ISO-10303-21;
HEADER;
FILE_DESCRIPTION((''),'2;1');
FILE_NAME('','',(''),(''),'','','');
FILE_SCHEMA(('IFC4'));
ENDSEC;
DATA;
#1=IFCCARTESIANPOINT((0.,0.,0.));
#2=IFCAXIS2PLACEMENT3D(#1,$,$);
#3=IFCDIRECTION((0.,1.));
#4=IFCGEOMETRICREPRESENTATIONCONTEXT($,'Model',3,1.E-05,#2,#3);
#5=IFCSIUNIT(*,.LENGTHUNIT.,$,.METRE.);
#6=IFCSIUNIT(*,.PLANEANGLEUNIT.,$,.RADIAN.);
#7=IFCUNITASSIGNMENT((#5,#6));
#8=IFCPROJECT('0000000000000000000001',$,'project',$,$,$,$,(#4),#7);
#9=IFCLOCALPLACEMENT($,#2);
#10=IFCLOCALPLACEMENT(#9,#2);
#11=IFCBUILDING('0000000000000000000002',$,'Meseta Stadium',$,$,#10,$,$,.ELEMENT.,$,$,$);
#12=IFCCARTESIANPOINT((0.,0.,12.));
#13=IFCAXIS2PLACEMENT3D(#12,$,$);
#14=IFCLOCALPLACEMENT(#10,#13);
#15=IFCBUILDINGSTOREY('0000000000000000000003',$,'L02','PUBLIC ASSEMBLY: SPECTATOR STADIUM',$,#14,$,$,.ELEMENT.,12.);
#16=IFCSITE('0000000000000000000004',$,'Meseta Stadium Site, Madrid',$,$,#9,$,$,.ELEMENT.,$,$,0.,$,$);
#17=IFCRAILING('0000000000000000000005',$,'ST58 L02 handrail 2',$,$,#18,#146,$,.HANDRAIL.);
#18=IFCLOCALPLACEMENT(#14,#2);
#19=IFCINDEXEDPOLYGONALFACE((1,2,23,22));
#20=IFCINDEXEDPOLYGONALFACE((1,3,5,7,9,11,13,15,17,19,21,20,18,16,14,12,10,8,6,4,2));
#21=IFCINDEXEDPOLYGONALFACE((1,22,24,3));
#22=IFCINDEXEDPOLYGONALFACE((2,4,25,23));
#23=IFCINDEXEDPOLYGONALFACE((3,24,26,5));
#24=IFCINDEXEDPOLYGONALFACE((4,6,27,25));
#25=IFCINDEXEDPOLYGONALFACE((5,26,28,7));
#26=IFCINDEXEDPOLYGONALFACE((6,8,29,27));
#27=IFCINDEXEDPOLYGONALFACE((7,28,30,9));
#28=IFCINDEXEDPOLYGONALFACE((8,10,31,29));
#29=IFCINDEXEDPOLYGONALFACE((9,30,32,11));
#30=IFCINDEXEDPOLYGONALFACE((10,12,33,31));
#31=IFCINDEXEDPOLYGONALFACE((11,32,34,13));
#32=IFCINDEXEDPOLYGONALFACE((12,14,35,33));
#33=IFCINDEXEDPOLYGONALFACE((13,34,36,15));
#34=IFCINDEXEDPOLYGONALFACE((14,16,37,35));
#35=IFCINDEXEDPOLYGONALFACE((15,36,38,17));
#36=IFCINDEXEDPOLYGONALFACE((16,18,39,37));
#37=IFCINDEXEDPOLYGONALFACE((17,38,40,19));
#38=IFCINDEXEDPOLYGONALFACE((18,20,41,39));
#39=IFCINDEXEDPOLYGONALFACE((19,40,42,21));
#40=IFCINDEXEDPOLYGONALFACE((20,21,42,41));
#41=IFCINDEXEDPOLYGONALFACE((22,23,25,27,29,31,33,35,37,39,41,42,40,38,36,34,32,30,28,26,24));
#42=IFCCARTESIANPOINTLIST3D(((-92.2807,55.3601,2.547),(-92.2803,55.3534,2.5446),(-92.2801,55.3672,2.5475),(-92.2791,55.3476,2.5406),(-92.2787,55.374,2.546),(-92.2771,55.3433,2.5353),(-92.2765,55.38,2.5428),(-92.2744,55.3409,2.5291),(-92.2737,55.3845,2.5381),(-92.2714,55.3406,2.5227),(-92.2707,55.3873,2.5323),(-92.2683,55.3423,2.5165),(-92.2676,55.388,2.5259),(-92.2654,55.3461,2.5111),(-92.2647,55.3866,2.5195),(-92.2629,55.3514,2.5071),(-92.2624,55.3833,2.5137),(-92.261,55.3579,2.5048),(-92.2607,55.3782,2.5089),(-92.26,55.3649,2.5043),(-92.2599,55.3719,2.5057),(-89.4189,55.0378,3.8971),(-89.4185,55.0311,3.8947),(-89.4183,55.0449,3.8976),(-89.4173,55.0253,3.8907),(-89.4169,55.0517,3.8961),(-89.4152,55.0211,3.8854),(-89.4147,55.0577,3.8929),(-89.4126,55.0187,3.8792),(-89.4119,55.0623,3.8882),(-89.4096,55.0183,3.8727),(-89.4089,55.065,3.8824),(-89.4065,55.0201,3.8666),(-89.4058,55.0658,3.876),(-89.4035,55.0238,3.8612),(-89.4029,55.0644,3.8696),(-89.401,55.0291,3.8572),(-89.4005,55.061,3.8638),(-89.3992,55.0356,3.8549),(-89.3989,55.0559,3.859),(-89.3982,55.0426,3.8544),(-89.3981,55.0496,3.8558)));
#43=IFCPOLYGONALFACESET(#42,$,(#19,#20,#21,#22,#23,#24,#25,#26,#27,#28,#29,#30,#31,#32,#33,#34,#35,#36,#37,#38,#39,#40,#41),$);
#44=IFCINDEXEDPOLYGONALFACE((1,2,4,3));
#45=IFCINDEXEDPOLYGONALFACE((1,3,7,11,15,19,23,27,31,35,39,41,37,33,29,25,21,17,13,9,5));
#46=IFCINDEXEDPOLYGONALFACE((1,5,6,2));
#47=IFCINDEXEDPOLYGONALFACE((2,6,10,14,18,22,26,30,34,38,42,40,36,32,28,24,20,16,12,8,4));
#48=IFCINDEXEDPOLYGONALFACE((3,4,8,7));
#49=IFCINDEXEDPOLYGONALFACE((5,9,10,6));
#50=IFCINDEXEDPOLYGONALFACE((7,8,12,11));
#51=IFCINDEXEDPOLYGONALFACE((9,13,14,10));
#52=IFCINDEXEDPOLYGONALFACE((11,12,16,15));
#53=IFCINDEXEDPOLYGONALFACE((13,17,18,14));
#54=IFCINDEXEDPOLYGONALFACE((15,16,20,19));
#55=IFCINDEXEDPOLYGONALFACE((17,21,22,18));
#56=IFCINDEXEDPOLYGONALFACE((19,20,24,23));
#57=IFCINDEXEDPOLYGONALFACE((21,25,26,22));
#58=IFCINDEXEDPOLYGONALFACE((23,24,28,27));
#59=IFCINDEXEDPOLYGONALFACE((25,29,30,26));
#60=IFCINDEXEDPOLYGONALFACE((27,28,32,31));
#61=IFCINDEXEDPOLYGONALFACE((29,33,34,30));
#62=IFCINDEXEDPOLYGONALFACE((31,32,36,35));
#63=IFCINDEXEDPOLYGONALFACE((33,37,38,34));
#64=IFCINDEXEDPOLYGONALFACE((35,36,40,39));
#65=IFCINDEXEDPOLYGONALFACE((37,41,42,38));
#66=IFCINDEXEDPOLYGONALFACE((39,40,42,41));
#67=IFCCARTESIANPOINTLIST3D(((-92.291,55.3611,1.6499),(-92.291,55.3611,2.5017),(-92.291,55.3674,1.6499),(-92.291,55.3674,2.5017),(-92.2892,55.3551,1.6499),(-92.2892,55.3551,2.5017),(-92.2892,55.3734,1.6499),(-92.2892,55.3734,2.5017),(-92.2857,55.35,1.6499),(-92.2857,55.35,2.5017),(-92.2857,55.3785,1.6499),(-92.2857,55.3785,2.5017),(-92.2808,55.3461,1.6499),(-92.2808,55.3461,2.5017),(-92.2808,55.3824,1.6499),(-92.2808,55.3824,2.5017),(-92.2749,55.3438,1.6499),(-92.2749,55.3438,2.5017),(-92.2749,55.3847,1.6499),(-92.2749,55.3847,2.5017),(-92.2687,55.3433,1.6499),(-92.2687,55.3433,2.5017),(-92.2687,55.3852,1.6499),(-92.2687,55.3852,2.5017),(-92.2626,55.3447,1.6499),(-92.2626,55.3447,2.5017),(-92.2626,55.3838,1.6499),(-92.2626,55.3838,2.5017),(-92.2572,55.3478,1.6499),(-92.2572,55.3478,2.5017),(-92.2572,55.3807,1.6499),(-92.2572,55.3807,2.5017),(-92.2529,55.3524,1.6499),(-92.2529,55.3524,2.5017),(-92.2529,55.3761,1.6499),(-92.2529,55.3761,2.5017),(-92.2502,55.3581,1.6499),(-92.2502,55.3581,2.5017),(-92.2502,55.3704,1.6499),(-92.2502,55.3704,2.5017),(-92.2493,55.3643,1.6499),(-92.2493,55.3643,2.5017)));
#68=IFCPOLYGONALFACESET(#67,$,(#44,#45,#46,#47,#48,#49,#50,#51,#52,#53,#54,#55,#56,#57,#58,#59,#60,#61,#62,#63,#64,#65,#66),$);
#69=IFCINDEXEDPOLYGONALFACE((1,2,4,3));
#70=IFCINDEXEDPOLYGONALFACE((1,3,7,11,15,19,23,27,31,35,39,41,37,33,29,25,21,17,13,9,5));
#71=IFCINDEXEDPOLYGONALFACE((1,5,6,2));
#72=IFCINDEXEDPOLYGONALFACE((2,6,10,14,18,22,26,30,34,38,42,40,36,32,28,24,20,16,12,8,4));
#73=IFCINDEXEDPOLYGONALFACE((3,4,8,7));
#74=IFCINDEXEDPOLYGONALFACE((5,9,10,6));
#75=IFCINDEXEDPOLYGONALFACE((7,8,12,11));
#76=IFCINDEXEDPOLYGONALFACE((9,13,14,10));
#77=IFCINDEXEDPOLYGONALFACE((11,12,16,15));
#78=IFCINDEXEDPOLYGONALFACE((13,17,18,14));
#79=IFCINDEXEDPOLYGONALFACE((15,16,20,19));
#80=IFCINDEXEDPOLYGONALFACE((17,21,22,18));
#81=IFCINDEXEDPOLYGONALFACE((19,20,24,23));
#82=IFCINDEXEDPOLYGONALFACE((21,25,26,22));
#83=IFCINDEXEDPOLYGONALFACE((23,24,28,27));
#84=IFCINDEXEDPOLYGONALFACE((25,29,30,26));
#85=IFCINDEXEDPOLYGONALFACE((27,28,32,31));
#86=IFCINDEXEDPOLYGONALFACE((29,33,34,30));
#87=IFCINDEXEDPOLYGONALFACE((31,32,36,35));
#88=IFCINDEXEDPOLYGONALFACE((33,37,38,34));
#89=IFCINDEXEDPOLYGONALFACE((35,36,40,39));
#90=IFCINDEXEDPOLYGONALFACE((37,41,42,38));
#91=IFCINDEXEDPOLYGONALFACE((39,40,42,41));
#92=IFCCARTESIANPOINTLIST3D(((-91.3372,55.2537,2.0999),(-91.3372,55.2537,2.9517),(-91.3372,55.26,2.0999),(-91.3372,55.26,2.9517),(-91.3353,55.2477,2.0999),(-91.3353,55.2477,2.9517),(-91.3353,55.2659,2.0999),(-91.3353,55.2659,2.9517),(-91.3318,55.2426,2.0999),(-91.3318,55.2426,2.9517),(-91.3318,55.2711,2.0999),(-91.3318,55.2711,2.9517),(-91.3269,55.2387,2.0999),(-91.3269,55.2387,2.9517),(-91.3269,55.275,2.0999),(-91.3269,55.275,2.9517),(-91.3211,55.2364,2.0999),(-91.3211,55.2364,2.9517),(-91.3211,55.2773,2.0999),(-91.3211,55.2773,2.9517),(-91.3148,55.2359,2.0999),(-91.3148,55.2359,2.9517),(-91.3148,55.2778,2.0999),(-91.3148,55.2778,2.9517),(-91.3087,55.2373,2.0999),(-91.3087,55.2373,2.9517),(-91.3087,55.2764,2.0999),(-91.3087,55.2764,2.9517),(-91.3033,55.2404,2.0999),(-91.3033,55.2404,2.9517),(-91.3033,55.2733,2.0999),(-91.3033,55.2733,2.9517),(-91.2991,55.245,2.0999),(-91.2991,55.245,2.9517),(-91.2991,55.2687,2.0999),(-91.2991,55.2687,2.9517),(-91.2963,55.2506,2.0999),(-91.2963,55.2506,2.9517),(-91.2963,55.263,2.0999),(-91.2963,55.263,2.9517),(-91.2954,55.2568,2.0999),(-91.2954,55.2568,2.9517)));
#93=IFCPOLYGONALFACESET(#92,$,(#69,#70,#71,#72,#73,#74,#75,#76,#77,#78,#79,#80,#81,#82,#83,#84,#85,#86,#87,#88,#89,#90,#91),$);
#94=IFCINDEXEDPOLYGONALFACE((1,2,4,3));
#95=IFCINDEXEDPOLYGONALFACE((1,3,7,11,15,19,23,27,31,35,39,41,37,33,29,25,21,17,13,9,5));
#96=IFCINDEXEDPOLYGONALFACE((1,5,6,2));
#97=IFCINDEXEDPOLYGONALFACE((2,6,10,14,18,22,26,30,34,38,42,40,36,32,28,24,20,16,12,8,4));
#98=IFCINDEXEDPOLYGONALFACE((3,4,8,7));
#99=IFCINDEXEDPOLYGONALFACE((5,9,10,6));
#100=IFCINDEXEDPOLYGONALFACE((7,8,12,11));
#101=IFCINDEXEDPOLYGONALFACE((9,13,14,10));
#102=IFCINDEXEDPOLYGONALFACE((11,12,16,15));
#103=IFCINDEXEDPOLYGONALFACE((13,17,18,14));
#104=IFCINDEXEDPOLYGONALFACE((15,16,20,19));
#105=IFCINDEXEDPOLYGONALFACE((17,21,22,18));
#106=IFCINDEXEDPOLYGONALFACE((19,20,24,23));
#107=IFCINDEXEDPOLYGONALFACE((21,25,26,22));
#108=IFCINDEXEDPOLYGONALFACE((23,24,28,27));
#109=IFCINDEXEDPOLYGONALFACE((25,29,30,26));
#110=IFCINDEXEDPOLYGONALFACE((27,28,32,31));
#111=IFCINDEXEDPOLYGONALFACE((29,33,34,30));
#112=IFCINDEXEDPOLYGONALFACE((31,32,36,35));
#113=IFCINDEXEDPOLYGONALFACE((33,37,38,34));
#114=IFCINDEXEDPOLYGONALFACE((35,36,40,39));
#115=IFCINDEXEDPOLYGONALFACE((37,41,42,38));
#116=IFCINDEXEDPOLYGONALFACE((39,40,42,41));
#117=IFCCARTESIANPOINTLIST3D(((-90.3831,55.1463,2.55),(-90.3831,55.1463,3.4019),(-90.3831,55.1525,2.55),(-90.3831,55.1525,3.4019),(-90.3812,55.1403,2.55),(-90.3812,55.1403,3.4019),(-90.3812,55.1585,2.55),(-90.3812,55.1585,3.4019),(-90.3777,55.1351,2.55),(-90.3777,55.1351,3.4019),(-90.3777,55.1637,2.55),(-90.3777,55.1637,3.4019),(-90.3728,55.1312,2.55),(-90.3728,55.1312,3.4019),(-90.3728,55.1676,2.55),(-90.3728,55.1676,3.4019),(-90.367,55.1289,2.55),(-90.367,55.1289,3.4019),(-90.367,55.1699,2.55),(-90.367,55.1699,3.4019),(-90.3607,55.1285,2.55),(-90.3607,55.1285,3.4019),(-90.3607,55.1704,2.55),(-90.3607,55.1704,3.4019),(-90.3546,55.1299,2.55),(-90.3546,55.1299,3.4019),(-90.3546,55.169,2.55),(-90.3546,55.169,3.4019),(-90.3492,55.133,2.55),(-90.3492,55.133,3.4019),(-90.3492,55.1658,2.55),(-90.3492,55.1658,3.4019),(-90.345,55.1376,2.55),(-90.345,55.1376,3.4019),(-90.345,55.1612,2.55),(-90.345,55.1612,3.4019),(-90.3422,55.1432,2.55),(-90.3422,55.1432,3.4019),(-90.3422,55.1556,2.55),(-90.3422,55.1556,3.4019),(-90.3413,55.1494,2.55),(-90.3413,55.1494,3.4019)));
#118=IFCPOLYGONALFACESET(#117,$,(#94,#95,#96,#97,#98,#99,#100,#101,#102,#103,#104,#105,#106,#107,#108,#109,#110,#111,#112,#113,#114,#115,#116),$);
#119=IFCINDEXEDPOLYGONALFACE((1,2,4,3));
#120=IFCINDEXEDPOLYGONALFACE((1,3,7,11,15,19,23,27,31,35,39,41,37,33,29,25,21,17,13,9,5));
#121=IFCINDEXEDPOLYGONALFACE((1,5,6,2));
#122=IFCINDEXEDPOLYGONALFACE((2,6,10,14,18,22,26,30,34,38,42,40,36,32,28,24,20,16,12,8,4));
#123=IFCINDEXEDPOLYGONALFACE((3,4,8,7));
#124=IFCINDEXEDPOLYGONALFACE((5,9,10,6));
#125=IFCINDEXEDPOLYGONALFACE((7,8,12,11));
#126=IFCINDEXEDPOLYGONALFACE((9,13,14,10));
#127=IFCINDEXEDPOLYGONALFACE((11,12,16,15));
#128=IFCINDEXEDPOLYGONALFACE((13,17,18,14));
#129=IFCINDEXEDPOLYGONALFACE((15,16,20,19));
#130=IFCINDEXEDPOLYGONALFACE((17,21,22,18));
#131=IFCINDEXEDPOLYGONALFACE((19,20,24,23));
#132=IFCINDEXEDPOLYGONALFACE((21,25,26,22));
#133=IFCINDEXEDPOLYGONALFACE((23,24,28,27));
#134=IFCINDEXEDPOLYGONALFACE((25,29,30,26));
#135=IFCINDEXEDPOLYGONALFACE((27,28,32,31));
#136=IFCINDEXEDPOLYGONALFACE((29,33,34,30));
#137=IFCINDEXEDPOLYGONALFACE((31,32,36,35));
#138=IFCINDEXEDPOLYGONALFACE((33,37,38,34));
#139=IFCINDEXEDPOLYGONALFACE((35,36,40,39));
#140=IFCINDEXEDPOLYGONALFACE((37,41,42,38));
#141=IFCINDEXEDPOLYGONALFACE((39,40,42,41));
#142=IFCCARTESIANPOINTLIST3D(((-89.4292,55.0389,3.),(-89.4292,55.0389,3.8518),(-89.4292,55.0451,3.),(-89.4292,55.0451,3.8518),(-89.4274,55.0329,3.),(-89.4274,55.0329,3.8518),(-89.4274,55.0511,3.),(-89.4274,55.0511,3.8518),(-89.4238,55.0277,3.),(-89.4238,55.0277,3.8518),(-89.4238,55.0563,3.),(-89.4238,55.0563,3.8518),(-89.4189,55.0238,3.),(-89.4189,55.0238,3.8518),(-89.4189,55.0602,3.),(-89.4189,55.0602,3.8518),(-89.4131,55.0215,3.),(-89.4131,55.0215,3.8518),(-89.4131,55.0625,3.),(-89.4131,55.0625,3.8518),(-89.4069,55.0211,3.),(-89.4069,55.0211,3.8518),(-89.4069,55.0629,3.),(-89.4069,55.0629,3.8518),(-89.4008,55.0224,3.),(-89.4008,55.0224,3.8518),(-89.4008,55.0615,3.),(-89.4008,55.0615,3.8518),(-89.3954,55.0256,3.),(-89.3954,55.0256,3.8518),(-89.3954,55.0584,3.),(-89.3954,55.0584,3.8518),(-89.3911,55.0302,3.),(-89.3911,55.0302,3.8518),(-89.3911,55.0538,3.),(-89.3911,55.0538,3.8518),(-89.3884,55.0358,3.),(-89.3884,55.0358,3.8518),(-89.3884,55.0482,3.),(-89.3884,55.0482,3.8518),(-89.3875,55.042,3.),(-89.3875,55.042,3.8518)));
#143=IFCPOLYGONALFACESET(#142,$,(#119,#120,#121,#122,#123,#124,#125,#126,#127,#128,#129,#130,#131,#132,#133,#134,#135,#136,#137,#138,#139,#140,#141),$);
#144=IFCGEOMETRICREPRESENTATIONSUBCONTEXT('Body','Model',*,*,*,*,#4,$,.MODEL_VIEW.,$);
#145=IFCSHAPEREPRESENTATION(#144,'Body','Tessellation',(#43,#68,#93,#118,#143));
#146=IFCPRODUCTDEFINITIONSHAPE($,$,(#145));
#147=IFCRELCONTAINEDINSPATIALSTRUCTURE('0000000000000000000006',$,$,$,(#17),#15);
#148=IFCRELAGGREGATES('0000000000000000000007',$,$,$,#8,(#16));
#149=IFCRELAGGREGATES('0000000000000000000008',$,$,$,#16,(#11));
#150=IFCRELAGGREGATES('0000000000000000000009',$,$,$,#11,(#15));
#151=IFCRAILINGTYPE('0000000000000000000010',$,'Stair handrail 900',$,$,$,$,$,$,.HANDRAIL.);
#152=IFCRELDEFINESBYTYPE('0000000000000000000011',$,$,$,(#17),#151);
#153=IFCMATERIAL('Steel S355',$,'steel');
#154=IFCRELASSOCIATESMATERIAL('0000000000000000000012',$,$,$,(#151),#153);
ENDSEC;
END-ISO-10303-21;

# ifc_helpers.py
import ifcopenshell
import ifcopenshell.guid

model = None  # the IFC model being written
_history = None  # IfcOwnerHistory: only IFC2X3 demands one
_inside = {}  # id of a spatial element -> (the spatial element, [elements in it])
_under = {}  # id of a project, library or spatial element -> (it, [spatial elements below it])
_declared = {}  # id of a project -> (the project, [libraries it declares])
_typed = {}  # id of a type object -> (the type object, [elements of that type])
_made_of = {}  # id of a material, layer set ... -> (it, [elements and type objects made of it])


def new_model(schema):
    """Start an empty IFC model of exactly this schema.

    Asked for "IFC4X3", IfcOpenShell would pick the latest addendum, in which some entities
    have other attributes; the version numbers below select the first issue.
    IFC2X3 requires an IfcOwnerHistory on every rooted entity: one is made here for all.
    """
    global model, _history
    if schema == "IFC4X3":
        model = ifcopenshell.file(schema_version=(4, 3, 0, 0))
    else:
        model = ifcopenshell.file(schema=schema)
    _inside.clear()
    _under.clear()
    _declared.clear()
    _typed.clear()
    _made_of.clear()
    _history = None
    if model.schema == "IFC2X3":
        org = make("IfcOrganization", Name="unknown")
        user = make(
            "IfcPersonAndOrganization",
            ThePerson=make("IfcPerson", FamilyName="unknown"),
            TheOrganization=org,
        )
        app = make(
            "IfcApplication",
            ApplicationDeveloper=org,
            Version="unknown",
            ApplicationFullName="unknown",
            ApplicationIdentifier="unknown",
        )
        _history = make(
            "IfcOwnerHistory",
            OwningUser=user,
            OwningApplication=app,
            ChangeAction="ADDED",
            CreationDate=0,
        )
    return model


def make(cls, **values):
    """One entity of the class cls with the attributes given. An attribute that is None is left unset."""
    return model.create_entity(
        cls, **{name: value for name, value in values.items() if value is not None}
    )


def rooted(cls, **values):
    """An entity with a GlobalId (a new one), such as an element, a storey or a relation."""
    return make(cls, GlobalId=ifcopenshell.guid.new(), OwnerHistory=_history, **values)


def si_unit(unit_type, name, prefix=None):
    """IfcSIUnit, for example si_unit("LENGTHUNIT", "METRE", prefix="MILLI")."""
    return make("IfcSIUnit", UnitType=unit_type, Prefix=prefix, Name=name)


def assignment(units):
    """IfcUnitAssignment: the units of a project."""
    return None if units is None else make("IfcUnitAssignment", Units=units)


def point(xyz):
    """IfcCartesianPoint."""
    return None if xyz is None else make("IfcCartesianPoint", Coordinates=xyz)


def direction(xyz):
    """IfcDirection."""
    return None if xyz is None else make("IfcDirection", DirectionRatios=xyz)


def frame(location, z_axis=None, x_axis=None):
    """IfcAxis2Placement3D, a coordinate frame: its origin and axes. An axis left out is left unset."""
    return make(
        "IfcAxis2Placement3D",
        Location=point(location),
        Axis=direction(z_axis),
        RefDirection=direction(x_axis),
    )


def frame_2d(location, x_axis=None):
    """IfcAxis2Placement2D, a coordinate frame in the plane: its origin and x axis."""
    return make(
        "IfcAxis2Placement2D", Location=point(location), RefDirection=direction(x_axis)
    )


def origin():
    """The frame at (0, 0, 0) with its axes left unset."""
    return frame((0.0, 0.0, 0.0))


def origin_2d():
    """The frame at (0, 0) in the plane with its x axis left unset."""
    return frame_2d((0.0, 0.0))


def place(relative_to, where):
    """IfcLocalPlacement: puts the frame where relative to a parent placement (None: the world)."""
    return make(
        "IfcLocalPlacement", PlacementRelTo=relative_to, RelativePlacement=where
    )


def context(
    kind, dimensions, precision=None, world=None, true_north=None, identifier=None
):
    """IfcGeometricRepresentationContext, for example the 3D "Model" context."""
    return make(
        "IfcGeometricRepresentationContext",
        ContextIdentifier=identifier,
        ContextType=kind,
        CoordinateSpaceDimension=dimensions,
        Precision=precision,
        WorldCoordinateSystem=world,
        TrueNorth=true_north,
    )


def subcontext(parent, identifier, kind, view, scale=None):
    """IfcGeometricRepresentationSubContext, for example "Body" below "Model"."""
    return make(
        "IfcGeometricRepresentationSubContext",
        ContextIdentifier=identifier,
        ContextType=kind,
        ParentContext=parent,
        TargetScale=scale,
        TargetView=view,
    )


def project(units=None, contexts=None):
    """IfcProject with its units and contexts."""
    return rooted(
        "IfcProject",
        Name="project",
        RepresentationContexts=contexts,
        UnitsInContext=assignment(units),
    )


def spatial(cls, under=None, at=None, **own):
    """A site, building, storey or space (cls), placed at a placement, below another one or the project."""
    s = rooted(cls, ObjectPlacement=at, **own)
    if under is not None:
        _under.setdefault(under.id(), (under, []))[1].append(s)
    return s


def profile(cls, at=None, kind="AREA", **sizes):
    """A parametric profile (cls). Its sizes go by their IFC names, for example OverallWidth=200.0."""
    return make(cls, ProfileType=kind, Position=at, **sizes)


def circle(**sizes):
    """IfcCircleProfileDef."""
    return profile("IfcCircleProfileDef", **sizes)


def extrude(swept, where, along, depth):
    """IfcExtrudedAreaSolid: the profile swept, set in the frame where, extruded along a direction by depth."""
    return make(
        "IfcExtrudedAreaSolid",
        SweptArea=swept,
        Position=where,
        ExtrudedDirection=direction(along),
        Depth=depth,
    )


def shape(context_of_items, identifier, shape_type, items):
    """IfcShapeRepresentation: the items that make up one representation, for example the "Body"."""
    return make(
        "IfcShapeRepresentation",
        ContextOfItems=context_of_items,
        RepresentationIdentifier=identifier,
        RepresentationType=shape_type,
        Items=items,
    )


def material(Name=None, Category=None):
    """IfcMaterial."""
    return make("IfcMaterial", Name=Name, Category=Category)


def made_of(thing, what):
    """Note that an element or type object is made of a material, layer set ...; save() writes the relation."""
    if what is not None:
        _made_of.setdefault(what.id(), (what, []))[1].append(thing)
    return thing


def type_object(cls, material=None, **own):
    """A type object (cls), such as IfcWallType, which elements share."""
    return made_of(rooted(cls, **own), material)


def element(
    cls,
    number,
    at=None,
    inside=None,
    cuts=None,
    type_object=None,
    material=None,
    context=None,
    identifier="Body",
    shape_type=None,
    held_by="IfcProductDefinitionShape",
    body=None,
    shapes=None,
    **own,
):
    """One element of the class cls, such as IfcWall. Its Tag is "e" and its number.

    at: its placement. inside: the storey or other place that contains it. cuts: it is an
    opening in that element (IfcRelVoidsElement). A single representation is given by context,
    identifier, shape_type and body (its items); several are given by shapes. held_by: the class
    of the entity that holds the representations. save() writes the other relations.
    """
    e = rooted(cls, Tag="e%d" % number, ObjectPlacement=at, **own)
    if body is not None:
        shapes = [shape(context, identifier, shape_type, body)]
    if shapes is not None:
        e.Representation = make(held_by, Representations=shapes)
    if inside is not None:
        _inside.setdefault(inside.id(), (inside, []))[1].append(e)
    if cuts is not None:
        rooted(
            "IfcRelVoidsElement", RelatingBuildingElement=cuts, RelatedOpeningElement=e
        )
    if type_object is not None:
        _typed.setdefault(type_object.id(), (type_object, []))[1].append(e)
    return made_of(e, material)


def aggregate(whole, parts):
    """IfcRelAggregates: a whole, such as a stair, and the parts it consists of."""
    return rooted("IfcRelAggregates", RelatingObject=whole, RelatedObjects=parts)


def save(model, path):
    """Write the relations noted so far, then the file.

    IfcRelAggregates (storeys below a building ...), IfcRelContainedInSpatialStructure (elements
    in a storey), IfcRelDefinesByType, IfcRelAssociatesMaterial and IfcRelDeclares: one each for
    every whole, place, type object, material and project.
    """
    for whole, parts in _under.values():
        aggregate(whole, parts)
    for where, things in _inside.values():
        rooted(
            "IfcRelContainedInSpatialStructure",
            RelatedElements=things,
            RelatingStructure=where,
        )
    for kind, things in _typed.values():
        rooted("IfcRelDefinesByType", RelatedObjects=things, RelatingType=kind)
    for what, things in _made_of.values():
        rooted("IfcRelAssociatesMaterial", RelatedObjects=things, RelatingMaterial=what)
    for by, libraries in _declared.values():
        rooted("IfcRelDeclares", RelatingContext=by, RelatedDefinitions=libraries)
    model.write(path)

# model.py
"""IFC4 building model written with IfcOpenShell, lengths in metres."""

from ifc_helpers import new_model, si_unit, direction, frame, origin, origin_2d, place, context, subcontext, project, spatial, circle, extrude, material, type_object, element, save


model = new_model("IFC4")

# Units and contexts
model_context = context("Model", 3, precision=1e-05, world=origin(), true_north=direction((0.0, 1.0)))
body_context = subcontext(model_context, "Body", "Model", "MODEL_VIEW")
ifc_project = project(units=[si_unit("LENGTHUNIT", "METRE"), si_unit("PLANEANGLEUNIT", "RADIAN")], contexts=[model_context])

# Site, building, storey
site_placement = place(None, origin())
site = spatial("IfcSite", under=ifc_project, at=site_placement, Name="Meseta Stadium Site, Madrid", CompositionType="ELEMENT", RefElevation=0.0)
building_placement = place(site_placement, origin())
building = spatial("IfcBuilding", under=site, at=building_placement, Name="Meseta Stadium", CompositionType="ELEMENT")
storey_placement = place(building_placement, frame((0.0, 0.0, 12.0)))
storey = spatial("IfcBuildingStorey", under=building, at=storey_placement, Name="L02", Description="PUBLIC ASSEMBLY: SPECTATOR STADIUM", CompositionType="ELEMENT", Elevation=12.0)

# Railing
ifc_material_1 = material(Name="Steel S355", Category="steel")
railing_type_1 = type_object("IfcRailingType", Name="Stair handrail 900", PredefinedType="HANDRAIL", material=ifc_material_1)
for number, where, name in (
    (1, (-92.2703, 55.3643, 1.6499), "ST58 L02 handrail 2"),
):
    element("IfcRailing", number, at=place(storey_placement, frame(where)), inside=storey, type_object=railing_type_1, Name=name, PredefinedType="HANDRAIL", context=body_context, shape_type="SweptSolid", body=[
        extrude(circle(Radius=0.0239, at=origin_2d()), frame((0.0, 0.0, 0.876), z_axis=(0.899755, -0.10132, 0.424471), x_axis=(0.111902, 0.993719, 0.0)), (0.0, 0.0, 1.0), 3.1807),
        extrude(circle(Radius=0.021, at=origin_2d()), origin(), (0.0, 0.0, 1.0), 0.8518),
        extrude(circle(Radius=0.021, at=origin_2d()), frame((0.9539, -0.1074, 0.45)), (0.0, 0.0, 1.0), 0.8518),
        extrude(circle(Radius=0.021, at=origin_2d()), frame((1.908, -0.2148, 0.9001)), (0.0, 0.0, 1.0), 0.8518),
        extrude(circle(Radius=0.021, at=origin_2d()), frame((2.8618, -0.3223, 1.3501)), (0.0, 0.0, 1.0), 0.8518),
    ])

save(model, "model.ifc")
